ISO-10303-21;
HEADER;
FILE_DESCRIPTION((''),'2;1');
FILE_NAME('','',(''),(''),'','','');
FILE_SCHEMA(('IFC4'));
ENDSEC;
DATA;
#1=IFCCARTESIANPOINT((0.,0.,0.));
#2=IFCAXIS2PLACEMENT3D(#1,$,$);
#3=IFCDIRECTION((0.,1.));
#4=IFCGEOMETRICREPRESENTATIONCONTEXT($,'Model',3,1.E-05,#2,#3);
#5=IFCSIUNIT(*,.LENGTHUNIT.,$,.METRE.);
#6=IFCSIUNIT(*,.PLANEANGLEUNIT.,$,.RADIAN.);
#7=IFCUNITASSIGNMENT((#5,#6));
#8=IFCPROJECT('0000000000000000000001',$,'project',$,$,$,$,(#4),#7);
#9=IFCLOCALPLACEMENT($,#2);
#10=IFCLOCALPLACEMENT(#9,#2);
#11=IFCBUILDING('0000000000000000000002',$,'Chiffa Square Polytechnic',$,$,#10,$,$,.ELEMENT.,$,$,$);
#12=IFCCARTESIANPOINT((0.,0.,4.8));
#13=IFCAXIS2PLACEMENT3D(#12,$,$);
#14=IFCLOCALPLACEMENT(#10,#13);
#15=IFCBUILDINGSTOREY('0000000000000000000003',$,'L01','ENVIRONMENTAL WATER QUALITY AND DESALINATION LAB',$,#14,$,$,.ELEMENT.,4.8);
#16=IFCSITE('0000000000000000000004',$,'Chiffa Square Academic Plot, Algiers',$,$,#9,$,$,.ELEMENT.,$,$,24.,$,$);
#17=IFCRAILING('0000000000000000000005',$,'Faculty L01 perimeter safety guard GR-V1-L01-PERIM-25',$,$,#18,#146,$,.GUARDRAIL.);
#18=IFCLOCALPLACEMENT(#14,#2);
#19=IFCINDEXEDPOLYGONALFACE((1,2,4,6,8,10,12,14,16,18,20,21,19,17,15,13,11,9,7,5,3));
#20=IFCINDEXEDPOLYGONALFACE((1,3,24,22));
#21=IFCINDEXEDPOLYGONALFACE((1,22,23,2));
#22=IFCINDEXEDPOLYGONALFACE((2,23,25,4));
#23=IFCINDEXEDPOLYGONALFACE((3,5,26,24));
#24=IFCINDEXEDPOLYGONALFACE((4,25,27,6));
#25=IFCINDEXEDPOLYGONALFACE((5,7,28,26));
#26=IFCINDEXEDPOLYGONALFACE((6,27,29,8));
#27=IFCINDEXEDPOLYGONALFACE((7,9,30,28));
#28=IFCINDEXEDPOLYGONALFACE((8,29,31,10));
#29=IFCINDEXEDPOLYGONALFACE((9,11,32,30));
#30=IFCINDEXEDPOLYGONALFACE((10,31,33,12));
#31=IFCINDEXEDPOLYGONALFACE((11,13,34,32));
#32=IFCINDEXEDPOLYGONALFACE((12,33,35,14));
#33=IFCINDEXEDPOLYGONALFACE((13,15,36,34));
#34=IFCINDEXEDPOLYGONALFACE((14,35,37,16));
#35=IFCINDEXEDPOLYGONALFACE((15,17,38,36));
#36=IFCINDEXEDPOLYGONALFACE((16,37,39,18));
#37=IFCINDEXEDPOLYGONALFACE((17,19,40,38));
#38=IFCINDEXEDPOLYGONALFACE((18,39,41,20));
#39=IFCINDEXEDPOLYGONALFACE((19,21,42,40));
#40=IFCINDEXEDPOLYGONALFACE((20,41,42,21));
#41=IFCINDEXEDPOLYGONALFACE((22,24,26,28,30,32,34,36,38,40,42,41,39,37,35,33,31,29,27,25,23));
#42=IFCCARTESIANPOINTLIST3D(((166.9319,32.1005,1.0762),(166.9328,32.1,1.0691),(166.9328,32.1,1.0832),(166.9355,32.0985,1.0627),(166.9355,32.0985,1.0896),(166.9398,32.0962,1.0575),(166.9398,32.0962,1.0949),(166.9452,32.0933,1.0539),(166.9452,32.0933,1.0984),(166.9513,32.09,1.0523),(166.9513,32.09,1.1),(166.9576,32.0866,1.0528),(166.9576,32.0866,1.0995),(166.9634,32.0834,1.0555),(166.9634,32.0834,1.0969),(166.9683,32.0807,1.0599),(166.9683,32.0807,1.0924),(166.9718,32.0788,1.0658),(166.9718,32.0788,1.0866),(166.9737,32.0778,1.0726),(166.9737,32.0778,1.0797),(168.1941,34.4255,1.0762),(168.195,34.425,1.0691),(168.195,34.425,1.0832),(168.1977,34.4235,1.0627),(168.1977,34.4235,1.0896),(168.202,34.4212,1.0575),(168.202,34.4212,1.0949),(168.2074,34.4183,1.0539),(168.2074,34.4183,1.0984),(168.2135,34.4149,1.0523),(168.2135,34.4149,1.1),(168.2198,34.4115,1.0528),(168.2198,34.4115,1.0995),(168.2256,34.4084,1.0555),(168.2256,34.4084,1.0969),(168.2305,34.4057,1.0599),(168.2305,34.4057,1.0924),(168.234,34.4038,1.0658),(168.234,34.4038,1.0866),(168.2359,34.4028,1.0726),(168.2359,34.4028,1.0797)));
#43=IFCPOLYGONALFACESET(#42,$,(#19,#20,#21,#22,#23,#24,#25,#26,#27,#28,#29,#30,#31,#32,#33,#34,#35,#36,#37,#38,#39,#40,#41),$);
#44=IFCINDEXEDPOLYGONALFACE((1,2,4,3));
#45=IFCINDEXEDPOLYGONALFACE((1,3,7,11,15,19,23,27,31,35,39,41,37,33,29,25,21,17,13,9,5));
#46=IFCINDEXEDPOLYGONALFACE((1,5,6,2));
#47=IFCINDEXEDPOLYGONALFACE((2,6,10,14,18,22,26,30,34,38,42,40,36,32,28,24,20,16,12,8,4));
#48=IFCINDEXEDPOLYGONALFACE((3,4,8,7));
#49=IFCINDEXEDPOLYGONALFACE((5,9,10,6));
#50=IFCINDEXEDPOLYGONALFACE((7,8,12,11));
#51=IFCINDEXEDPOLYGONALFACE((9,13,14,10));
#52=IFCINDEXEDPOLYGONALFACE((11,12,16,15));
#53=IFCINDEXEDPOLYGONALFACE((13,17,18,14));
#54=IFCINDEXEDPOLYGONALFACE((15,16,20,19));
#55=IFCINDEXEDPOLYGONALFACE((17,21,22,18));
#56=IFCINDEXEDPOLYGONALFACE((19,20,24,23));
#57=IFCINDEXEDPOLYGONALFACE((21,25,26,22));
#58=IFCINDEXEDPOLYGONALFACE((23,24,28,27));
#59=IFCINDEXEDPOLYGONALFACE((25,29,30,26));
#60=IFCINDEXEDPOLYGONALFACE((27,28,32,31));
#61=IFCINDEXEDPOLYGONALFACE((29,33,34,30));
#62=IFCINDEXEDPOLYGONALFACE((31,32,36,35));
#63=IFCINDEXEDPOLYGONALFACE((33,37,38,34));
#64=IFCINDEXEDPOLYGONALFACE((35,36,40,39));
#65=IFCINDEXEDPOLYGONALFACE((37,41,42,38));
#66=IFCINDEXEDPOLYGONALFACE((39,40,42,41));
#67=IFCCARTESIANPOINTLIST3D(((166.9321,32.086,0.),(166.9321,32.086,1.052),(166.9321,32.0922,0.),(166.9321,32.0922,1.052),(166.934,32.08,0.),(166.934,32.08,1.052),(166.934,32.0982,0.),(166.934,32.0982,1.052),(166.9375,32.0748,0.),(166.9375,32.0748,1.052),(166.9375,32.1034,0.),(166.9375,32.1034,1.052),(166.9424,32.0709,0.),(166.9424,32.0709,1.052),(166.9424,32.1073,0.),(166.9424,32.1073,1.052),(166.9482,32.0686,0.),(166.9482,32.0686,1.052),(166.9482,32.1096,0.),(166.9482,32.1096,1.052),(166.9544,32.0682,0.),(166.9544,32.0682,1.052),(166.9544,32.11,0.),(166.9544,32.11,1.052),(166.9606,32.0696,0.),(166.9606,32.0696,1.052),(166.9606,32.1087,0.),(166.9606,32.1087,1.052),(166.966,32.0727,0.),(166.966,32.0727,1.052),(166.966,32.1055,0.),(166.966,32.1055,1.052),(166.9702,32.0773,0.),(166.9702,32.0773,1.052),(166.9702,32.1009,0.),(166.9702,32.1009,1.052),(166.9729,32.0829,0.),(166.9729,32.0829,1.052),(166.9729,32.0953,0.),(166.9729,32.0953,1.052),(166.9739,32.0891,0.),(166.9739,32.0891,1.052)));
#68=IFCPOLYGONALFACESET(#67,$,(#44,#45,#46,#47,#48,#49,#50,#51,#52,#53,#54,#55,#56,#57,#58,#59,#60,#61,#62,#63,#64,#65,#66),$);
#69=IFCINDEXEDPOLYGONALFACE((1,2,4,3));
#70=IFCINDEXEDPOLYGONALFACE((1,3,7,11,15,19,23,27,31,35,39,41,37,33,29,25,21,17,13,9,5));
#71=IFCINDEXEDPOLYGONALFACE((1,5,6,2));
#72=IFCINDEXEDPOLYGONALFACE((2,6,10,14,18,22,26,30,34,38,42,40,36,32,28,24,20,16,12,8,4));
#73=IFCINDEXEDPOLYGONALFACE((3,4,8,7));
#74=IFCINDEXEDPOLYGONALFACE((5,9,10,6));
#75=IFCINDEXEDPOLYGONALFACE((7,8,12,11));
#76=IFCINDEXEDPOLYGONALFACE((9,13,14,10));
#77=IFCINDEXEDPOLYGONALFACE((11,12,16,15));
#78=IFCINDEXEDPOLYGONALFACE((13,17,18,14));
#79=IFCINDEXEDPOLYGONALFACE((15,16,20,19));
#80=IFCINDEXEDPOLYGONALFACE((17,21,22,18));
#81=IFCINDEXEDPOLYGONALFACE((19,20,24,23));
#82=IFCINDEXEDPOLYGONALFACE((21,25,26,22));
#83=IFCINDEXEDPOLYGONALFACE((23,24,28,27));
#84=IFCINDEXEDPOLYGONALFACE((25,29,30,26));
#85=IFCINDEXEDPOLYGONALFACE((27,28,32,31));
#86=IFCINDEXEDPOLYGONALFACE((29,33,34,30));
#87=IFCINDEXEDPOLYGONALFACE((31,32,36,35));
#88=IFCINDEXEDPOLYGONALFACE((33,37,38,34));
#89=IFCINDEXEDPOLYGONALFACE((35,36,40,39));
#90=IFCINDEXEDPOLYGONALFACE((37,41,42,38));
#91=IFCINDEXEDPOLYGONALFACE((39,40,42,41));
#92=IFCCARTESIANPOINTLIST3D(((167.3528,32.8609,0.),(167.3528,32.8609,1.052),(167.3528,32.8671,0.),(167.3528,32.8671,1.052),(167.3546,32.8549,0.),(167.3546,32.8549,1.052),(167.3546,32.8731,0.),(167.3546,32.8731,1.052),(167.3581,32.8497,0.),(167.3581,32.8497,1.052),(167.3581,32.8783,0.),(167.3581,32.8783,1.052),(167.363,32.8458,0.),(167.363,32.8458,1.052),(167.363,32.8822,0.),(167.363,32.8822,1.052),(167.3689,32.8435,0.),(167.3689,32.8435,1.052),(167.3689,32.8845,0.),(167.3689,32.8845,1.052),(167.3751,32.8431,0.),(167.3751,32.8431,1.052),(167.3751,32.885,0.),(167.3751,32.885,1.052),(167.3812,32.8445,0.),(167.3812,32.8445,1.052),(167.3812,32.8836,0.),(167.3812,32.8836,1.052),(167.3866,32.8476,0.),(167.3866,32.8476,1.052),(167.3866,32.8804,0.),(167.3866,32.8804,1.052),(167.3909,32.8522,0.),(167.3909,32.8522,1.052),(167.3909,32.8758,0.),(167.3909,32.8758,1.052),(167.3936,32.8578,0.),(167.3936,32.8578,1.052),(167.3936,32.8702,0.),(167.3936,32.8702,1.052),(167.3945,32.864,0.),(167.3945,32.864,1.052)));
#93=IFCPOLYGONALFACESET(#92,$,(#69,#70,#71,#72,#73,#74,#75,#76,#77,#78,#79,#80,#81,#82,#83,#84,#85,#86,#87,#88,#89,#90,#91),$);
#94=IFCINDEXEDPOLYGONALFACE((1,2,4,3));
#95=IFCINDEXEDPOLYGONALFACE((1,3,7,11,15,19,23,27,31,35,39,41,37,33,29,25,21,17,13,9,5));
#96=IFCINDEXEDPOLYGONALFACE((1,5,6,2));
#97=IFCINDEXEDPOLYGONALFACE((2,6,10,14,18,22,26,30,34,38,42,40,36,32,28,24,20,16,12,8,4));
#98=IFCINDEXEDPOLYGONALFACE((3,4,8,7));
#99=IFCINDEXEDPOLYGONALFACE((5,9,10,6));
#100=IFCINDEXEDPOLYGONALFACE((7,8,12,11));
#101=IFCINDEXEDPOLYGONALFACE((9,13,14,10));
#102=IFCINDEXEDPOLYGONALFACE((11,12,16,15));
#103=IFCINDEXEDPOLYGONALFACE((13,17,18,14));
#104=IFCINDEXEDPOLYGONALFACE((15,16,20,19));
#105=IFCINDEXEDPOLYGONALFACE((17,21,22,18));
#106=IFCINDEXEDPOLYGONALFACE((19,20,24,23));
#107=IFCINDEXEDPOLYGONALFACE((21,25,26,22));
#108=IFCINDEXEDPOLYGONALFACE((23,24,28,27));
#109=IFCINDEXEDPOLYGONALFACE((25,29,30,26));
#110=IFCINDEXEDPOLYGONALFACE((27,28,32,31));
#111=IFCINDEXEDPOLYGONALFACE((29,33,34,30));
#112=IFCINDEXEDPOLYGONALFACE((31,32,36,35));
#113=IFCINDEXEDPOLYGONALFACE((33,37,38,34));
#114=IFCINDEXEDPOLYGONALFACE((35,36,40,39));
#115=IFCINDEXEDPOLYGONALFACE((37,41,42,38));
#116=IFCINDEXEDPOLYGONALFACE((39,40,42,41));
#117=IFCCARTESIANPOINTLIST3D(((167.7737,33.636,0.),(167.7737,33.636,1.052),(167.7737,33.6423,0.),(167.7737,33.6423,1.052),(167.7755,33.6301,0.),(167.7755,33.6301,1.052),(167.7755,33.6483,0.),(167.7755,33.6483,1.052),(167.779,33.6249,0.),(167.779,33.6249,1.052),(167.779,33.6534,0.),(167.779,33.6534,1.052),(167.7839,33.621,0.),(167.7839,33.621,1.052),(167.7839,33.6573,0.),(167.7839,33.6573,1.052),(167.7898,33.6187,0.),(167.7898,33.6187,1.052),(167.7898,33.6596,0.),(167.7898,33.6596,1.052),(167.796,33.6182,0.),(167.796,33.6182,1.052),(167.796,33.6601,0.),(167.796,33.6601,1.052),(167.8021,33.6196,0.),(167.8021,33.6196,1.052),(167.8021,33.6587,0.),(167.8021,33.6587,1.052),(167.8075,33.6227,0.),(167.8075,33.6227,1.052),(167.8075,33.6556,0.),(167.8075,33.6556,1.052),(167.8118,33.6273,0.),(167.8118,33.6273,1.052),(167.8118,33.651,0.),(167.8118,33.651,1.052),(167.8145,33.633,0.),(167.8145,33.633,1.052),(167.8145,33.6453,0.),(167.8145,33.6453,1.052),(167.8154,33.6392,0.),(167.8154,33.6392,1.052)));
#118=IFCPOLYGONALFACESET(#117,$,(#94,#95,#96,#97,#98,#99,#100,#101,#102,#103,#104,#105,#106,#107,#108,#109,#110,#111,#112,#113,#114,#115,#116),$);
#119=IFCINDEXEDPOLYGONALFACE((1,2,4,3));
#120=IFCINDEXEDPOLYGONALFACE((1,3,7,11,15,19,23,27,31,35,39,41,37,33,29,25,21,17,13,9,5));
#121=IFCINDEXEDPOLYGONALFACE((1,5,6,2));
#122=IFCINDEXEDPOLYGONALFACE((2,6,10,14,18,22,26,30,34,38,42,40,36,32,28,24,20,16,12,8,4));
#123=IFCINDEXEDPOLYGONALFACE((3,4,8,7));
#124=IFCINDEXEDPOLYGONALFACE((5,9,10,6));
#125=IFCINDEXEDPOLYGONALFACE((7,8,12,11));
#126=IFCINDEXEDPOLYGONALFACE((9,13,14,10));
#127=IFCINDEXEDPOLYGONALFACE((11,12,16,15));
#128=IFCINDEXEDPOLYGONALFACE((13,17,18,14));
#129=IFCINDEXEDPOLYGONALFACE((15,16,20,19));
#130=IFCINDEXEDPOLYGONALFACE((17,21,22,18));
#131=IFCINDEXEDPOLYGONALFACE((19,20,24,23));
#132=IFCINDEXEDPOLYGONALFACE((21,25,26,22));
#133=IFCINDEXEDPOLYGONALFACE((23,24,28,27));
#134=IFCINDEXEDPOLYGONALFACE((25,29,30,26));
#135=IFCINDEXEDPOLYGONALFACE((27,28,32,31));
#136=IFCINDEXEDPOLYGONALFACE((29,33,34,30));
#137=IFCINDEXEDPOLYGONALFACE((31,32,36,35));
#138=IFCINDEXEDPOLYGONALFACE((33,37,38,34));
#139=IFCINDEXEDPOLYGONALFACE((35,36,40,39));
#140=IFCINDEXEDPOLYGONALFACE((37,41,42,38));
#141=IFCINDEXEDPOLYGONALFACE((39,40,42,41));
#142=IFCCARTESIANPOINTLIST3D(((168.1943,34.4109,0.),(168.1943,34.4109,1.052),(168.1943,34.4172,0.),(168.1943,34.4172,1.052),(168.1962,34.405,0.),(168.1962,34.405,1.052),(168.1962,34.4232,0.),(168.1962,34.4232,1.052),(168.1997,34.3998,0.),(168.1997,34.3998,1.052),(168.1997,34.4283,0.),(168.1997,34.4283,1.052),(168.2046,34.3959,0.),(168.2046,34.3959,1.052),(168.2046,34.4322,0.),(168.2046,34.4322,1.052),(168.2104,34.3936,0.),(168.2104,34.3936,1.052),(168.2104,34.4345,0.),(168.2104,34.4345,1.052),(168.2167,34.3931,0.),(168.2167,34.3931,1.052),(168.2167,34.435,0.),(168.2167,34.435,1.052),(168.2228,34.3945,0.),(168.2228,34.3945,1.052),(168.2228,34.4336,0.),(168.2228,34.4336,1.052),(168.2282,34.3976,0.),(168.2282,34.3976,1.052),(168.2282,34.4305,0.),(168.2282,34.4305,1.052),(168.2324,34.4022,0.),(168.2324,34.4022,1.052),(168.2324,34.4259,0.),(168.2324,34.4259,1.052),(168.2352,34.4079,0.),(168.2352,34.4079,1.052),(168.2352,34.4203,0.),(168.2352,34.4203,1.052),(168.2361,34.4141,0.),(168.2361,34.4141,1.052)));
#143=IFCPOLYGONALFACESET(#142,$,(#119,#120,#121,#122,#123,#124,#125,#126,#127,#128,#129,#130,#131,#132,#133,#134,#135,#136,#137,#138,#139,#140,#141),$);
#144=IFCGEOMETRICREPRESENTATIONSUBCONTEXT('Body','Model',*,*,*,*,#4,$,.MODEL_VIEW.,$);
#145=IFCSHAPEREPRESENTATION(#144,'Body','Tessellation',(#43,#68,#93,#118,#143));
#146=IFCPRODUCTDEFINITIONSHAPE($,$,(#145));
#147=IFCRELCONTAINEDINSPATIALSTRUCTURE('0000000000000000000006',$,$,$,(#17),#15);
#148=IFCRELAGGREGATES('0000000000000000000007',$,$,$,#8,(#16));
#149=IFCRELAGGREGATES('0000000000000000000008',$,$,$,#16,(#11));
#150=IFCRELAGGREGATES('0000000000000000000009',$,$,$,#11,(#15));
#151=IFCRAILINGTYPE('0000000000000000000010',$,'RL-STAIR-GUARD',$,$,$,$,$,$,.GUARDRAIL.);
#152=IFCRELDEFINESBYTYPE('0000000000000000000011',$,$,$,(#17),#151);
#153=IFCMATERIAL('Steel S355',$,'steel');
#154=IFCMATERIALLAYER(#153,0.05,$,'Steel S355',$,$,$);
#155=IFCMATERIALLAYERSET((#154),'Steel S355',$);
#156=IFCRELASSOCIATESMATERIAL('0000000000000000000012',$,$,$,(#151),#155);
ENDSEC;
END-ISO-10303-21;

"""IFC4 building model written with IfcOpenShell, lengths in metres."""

from ifc_helpers import new_model, si_unit, direction, frame, origin, origin_2d, place, context, subcontext, project, spatial, circle, extrude, material, layer, layer_set, type_object, element, save


model = new_model("IFC4")

# Units and contexts
model_context = context("Model", 3, precision=1e-05, world=origin(), true_north=direction((0.0, 1.0)))
body_context = subcontext(model_context, "Body", "Model", "MODEL_VIEW")
ifc_project = project(units=[si_unit("LENGTHUNIT", "METRE"), si_unit("PLANEANGLEUNIT", "RADIAN")], contexts=[model_context])

# Site, building, storey
site_placement = place(None, origin())
site = spatial("IfcSite", under=ifc_project, at=site_placement, Name="Chiffa Square Academic Plot, Algiers", CompositionType="ELEMENT", RefElevation=24.0)
building_placement = place(site_placement, origin())
building = spatial("IfcBuilding", under=site, at=building_placement, Name="Chiffa Square Polytechnic", CompositionType="ELEMENT")
storey_placement = place(building_placement, frame((0.0, 0.0, 4.8)))
storey = spatial("IfcBuildingStorey", under=building, at=storey_placement, Name="L01", Description="ENVIRONMENTAL WATER QUALITY AND DESALINATION LAB", CompositionType="ELEMENT", Elevation=4.8)

# Shared definitions
ifc_material_1 = material(Name="Steel S355", Category="steel")

# Railing
ifc_layer_1 = layer(ifc_material_1, 0.05, Name="Steel S355")
ifc_layer_set_1 = layer_set([ifc_layer_1], Name="Steel S355")
railing_type = type_object("IfcRailingType", Name="RL-STAIR-GUARD", PredefinedType="GUARDRAIL", material=ifc_layer_set_1)
railing_placement = place(storey_placement, frame((166.9529, 32.0891, 0.0)))
element("IfcRailing", 1, at=railing_placement, inside=storey, type_object=railing_type, Name="Faculty L01 perimeter safety guard GR-V1-L01-PERIM-25", PredefinedType="GUARDRAIL", context=body_context, shape_type="SweptSolid", body=[
    extrude(circle(Radius=0.0239, at=origin_2d()), frame((0.0, 0.0, 1.0762), z_axis=(0.477118, 0.878839, 0.0), x_axis=(-0.878839, 0.477118, 0.0)), (0.0, 0.0, 1.0), 2.6455),
    extrude(circle(Radius=0.021, at=origin_2d()), origin(), (0.0, 0.0, 1.0), 1.052),
    extrude(circle(Radius=0.021, at=origin_2d()), frame((0.4207, 0.7749, 0.0)), (0.0, 0.0, 1.0), 1.052),
    extrude(circle(Radius=0.021, at=origin_2d()), frame((0.8416, 1.55, 0.0)), (0.0, 0.0, 1.0), 1.052),
    extrude(circle(Radius=0.021, at=origin_2d()), frame((1.2622, 2.325, 0.0)), (0.0, 0.0, 1.0), 1.052),
])

save(model, "model.ifc")
